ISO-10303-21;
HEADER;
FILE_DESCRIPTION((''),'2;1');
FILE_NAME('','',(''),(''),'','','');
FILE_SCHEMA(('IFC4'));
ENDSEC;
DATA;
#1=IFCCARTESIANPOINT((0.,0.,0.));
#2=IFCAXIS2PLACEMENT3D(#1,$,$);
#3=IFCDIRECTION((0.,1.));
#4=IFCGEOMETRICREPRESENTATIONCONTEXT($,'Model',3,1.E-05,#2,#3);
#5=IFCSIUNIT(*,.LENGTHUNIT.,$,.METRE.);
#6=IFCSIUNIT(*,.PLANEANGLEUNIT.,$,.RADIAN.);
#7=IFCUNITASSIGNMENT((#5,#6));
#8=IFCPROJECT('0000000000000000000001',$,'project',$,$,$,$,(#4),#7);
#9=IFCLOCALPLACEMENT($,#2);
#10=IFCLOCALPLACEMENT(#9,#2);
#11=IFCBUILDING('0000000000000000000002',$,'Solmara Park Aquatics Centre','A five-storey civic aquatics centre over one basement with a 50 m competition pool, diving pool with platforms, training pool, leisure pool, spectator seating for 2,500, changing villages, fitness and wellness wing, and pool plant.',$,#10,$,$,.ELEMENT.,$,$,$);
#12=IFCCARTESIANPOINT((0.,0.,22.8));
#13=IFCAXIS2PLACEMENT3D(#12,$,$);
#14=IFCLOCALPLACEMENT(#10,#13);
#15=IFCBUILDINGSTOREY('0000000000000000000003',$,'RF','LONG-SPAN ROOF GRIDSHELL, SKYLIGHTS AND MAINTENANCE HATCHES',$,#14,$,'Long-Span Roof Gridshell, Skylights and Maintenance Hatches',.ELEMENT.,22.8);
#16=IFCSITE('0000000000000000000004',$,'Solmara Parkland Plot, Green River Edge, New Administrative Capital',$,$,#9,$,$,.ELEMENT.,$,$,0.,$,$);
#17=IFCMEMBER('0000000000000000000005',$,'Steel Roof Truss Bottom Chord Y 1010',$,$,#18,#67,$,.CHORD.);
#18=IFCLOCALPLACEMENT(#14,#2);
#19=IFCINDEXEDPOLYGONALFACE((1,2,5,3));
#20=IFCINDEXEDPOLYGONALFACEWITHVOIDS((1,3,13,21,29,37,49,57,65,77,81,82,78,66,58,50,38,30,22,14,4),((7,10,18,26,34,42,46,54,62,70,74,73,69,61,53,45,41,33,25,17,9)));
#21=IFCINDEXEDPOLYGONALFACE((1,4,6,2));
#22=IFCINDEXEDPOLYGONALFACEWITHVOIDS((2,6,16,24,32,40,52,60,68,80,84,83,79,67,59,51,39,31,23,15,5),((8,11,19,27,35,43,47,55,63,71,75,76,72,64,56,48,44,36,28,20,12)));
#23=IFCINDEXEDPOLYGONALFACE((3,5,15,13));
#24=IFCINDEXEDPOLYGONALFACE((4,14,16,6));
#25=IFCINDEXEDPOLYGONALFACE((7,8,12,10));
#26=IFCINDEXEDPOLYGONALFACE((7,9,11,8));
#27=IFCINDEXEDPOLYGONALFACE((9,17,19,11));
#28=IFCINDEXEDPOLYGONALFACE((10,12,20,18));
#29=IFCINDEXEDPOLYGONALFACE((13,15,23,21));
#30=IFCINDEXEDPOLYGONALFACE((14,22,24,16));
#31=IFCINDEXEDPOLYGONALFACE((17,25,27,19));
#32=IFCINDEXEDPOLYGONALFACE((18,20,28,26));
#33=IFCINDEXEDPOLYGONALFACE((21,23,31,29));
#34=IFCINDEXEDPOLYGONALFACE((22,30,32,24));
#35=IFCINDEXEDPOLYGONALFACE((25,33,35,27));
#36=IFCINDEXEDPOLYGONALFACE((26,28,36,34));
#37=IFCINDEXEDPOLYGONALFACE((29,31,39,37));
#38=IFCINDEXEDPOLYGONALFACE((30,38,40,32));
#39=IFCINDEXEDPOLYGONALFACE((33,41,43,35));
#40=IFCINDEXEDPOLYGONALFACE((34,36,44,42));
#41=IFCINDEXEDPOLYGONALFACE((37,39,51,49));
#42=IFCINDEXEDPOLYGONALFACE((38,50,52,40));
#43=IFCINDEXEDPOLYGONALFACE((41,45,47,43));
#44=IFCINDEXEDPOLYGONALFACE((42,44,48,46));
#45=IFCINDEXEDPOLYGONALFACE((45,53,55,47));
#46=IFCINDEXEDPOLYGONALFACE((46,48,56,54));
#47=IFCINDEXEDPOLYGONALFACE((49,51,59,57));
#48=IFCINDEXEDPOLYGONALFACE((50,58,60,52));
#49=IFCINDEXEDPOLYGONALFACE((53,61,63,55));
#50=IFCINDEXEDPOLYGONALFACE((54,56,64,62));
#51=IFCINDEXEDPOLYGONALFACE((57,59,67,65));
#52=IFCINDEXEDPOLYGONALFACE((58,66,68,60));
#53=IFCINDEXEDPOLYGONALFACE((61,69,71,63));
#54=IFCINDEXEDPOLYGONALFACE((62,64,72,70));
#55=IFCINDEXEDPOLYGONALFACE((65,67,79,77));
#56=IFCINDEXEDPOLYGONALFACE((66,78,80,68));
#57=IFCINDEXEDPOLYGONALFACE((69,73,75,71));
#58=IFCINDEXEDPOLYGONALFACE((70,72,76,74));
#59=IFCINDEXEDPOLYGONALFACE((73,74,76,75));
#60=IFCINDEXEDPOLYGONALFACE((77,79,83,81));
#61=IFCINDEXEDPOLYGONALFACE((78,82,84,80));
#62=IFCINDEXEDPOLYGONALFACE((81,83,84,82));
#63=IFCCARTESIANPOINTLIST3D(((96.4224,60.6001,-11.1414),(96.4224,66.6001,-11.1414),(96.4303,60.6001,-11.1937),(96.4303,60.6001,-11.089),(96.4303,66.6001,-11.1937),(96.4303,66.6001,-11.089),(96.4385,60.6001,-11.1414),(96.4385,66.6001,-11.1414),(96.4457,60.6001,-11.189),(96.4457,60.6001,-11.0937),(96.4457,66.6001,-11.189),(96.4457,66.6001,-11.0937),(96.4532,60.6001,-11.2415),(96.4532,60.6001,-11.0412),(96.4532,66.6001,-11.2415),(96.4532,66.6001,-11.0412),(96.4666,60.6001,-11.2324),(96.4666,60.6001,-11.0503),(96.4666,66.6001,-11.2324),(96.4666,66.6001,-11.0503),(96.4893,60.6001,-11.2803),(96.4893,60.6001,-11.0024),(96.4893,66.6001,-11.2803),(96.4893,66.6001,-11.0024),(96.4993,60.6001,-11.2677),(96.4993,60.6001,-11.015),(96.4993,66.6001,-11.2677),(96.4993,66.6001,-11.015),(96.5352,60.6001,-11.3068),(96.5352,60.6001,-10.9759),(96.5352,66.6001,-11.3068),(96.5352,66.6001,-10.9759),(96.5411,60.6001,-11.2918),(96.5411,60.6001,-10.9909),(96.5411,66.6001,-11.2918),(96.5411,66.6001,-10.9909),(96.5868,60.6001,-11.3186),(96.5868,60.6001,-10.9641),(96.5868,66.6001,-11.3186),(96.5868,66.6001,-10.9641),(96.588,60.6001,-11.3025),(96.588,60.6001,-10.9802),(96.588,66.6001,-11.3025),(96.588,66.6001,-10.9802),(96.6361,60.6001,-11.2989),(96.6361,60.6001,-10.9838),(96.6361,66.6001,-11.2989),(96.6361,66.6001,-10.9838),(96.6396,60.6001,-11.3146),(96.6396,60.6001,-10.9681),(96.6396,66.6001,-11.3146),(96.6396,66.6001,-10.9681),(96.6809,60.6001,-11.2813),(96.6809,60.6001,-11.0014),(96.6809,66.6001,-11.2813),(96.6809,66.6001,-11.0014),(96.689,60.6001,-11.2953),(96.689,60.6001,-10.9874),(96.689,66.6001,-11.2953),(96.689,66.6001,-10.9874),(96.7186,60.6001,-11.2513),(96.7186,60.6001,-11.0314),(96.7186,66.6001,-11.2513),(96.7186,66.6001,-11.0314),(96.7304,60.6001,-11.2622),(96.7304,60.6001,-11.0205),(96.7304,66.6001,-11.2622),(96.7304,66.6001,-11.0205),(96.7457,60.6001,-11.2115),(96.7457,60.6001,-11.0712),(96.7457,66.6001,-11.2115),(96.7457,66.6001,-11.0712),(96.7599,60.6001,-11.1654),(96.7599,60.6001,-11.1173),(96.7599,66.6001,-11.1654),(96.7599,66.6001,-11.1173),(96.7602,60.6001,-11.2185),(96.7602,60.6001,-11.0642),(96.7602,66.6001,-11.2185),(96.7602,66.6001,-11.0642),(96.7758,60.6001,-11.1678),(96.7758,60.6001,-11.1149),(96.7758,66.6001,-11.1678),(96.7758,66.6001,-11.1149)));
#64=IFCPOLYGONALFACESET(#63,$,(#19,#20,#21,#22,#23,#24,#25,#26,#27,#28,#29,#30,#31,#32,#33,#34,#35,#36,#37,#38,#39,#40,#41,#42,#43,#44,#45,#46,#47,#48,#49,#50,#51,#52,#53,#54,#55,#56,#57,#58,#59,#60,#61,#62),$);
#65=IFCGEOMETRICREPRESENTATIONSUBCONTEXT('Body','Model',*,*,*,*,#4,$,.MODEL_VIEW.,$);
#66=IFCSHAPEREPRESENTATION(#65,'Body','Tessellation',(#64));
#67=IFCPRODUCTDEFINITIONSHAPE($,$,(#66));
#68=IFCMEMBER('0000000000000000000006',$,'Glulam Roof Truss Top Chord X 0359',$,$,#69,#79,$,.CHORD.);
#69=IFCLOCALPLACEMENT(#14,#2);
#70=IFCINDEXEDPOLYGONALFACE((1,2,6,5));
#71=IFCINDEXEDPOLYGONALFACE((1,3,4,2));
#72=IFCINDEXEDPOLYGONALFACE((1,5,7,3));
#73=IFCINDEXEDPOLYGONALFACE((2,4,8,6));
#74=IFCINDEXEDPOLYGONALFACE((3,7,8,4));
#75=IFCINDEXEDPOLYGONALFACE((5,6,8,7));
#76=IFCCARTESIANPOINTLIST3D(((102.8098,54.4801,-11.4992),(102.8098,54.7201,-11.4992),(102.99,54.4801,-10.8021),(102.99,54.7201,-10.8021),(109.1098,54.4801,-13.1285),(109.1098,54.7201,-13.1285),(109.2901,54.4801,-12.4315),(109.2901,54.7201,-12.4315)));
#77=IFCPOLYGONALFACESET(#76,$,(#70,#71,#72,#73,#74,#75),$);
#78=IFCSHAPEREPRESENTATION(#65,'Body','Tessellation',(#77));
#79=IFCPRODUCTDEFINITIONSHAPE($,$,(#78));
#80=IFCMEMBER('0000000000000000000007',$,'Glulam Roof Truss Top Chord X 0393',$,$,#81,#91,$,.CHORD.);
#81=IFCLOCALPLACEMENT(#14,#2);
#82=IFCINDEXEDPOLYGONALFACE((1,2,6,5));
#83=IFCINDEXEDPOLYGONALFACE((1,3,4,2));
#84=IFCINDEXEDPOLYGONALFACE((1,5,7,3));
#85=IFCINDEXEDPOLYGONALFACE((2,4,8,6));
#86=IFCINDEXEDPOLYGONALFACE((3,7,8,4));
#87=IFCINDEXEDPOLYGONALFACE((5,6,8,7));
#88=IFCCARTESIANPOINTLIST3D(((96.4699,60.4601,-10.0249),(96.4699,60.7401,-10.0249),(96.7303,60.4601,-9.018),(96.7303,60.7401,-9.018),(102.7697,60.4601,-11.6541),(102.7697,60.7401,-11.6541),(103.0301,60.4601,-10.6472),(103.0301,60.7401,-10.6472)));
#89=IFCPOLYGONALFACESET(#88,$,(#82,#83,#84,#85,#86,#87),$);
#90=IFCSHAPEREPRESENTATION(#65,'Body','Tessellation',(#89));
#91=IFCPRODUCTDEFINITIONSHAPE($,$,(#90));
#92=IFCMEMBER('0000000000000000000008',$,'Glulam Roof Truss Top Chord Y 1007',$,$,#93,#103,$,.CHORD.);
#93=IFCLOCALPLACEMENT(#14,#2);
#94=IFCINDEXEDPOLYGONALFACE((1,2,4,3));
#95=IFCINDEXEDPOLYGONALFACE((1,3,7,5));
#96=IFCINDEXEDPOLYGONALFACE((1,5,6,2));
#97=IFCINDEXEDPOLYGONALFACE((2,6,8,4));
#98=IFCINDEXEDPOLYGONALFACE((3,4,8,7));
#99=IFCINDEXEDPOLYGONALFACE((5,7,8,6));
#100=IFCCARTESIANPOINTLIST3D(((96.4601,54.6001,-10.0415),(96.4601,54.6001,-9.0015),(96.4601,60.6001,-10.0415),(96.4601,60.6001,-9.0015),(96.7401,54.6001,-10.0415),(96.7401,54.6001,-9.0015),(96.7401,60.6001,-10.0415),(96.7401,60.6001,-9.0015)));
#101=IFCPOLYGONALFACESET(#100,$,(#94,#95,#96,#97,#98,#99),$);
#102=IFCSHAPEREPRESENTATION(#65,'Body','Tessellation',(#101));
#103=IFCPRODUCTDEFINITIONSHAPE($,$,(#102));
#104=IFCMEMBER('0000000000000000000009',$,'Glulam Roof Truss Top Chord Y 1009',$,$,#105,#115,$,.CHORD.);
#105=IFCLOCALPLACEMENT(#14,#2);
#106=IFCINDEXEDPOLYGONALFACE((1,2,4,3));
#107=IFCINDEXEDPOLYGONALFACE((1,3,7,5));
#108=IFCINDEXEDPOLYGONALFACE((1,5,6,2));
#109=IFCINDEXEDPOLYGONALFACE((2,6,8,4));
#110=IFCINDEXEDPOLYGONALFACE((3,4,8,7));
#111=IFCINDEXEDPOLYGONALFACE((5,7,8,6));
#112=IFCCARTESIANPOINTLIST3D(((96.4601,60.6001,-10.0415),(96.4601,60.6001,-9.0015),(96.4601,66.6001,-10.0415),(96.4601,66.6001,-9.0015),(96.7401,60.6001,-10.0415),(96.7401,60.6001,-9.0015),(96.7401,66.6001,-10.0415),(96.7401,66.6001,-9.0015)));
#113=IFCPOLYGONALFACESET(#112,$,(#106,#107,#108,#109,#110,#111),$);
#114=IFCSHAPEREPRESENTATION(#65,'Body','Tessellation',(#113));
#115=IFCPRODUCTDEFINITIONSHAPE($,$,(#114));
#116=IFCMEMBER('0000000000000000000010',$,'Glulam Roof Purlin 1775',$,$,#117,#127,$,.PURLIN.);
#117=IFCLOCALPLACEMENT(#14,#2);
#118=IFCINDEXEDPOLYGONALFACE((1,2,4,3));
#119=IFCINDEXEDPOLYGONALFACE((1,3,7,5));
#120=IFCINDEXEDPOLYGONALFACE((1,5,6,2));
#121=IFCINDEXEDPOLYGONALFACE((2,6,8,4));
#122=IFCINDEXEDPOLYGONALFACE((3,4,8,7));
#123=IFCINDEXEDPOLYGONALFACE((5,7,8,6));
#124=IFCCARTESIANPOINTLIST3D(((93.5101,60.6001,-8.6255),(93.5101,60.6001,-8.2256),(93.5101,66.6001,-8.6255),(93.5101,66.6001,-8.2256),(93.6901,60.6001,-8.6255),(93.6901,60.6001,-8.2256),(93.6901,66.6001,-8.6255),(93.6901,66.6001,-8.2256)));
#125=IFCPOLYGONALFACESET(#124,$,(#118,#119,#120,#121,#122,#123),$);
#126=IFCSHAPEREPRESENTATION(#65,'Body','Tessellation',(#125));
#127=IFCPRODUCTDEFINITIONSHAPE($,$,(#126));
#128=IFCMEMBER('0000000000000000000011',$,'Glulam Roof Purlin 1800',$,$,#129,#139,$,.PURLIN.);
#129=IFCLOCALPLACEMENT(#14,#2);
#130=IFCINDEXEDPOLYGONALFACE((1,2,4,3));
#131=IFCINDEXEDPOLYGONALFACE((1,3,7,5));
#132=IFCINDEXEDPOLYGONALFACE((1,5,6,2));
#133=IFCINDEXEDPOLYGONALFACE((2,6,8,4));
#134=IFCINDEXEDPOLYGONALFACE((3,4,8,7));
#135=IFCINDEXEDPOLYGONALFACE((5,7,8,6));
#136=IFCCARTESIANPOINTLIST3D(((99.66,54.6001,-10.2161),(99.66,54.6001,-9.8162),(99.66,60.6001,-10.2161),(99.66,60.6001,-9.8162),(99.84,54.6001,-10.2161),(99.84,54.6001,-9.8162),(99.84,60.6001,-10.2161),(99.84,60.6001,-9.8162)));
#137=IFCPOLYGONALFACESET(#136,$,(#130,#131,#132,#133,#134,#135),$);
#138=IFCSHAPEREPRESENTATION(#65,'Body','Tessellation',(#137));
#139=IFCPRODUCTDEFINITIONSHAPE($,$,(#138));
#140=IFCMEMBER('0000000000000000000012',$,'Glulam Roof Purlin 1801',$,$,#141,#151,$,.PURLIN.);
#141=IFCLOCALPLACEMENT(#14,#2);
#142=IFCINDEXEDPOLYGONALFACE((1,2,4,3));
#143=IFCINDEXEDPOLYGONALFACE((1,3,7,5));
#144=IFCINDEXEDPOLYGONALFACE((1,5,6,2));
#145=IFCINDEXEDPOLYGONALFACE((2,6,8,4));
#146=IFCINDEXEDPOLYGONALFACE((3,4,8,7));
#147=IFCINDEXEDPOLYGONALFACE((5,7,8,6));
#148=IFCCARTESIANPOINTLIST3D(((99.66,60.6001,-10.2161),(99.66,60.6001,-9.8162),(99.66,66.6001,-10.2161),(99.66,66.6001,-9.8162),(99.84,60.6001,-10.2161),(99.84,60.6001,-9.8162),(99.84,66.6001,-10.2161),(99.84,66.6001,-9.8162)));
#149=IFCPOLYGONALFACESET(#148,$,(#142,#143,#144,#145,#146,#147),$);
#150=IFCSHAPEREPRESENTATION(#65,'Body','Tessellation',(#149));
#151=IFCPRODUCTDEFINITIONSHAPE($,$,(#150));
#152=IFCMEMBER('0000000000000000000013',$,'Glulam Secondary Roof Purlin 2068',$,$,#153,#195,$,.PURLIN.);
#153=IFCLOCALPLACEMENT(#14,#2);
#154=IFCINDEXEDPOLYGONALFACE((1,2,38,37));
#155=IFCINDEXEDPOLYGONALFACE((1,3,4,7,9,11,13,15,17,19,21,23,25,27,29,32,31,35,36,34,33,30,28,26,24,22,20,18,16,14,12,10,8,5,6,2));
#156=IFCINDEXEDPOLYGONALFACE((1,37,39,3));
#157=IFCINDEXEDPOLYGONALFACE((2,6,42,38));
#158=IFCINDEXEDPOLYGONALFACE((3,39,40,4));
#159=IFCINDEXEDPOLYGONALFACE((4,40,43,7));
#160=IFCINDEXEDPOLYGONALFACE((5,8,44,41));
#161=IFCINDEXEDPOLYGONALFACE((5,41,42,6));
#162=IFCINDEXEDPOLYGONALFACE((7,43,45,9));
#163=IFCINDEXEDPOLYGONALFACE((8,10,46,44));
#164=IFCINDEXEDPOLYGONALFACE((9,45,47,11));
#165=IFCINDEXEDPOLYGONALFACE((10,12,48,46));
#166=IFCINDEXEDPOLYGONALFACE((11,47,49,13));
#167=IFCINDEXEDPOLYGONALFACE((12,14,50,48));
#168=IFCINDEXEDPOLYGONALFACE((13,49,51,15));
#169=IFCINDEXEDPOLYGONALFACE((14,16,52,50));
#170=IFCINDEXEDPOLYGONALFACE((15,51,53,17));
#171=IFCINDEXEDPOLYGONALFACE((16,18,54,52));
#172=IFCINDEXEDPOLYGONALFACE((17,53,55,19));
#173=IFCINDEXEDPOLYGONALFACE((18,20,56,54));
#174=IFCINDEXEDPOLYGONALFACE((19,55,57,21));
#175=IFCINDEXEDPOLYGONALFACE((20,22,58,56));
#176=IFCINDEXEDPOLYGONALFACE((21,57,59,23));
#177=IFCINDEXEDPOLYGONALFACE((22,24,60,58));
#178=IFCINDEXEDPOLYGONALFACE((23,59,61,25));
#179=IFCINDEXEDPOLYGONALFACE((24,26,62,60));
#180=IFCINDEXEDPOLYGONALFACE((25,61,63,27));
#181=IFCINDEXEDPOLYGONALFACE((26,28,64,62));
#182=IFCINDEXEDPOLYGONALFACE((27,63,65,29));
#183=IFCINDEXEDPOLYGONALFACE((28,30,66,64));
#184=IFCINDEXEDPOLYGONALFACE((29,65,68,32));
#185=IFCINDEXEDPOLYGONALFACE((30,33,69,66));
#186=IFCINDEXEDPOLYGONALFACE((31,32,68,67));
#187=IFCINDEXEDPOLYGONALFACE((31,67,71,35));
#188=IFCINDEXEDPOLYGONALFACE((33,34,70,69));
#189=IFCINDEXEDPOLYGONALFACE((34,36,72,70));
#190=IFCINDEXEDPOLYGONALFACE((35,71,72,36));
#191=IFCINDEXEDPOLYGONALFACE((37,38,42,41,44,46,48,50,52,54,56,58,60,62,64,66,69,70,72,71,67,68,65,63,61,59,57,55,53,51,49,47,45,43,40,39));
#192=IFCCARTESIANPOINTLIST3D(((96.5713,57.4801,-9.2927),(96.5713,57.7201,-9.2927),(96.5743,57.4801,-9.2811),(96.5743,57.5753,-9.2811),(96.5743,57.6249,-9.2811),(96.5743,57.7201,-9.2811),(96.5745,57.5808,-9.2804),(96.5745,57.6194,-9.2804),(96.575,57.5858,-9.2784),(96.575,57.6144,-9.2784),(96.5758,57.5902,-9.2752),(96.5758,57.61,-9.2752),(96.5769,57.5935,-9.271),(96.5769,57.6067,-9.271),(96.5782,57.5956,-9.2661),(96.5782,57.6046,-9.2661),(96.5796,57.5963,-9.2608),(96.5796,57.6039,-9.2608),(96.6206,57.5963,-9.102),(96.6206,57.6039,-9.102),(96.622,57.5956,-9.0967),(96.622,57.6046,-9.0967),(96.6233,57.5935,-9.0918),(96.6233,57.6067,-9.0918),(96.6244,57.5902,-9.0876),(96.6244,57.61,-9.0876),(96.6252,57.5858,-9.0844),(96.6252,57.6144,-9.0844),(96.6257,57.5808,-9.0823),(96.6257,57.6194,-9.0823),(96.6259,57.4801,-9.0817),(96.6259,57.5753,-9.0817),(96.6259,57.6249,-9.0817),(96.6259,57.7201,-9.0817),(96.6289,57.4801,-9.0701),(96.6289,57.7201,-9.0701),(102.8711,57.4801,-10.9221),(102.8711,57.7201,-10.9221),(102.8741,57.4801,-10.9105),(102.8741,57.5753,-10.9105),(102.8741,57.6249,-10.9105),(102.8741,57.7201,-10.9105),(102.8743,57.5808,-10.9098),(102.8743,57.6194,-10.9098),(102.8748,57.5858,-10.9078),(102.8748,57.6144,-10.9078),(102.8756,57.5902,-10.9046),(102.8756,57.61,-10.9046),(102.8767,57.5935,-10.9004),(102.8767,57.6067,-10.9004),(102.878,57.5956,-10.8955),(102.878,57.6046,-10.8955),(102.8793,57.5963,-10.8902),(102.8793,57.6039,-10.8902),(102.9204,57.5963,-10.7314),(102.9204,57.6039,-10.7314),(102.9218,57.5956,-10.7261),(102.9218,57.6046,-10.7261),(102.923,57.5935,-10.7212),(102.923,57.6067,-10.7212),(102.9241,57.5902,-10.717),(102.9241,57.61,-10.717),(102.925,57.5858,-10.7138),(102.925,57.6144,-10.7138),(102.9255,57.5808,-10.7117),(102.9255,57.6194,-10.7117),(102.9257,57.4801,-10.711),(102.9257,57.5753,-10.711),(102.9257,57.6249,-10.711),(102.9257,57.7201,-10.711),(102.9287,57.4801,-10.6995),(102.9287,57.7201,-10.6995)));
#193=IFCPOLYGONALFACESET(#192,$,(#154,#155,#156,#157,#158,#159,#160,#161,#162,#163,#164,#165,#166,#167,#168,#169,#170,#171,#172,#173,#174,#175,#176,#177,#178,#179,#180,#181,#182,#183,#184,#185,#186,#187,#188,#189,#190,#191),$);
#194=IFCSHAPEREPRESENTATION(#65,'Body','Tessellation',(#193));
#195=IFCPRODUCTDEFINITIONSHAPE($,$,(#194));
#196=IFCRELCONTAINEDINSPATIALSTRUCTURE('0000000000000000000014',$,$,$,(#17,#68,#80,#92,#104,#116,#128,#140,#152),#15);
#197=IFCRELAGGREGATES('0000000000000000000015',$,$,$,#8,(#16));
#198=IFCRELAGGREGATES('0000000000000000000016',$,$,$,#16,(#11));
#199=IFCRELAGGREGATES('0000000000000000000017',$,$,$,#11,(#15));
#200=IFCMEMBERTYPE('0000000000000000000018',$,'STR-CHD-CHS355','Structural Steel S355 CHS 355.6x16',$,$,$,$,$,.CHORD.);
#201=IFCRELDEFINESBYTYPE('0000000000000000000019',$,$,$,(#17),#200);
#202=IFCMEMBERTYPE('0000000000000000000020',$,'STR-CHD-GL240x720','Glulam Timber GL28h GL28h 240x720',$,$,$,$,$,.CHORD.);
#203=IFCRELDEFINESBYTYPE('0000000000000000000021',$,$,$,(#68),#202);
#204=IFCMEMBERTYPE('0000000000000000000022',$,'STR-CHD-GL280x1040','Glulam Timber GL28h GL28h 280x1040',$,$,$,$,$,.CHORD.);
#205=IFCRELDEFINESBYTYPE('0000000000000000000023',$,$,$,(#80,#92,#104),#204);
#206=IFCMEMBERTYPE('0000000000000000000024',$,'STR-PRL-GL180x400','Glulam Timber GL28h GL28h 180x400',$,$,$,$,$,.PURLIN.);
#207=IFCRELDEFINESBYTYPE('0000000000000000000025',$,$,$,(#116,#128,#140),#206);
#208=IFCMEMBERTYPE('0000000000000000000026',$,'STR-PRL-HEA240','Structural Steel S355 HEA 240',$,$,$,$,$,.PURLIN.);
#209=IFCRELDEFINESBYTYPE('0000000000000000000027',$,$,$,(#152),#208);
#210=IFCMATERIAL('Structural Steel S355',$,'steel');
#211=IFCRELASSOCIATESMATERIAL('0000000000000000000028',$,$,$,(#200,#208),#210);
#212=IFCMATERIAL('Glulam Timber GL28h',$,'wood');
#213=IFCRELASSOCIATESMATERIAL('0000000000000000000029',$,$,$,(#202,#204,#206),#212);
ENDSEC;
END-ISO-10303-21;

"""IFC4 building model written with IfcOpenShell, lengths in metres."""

from ifc_helpers import new_model, si_unit, direction, frame, origin, origin_2d, place, context, subcontext, project, spatial, rectangle, hollow_circle, i_section, extrude, material, material_profile, profile_set, type_object, element, save


model = new_model("IFC4")

# Units and contexts
model_context = context("Model", 3, precision=1e-05, world=origin(), true_north=direction((0.0, 1.0)))
body_context = subcontext(model_context, "Body", "Model", "MODEL_VIEW")
ifc_project = project(units=[si_unit("LENGTHUNIT", "METRE"), si_unit("PLANEANGLEUNIT", "RADIAN")], contexts=[model_context])

# Site, building, storey
site_placement = place(None, origin())
site = spatial("IfcSite", under=ifc_project, at=site_placement, Name="Solmara Parkland Plot, Green River Edge, New Administrative Capital", CompositionType="ELEMENT", RefElevation=0.0)
building_placement = place(site_placement, origin())
building = spatial("IfcBuilding", under=site, at=building_placement, Name="Solmara Park Aquatics Centre", Description="A five-storey civic aquatics centre over one basement with a 50 m competition pool, diving pool with platforms, training pool, leisure pool, spectator seating for 2,500, changing villages, fitness and wellness wing, and pool plant.", CompositionType="ELEMENT")
storey_placement = place(building_placement, frame((0.0, 0.0, 22.8)))
storey = spatial("IfcBuildingStorey", under=building, at=storey_placement, Name="RF", Description="LONG-SPAN ROOF GRIDSHELL, SKYLIGHTS AND MAINTENANCE HATCHES", LongName="Long-Span Roof Gridshell, Skylights and Maintenance Hatches", CompositionType="ELEMENT", Elevation=22.8)

# Members
ifc_material_1 = material(Name="Structural Steel S355", Category="steel")
ifc_material_profile_1 = material_profile(ifc_material_1, hollow_circle(Radius=0.1777, WallThickness=0.0161, at=origin_2d()), Name="CHS 355.6x16")
ifc_profile_set_1 = profile_set([ifc_material_profile_1], Name="Structural Steel S355")
member_type_1 = type_object("IfcMemberType", Name="STR-CHD-CHS355", Description="Structural Steel S355 CHS 355.6x16", PredefinedType="CHORD", material=ifc_profile_set_1)
for number, where, z_axis, x_axis, name in (
    (1, (96.6001, 60.6001, -11.1414), (0.0, 1.0, 0.0), (-1.0, 0.0, 0.0), "Steel Roof Truss Bottom Chord Y 1010"),
):
    element("IfcMember", number, at=place(storey_placement, frame(where, z_axis=z_axis, x_axis=x_axis)), inside=storey, type_object=member_type_1, Name=name, PredefinedType="CHORD", context=body_context, shape_type="SweptSolid", body=[
        extrude(hollow_circle(Radius=0.1777, WallThickness=0.0161, at=origin_2d()), origin(), (0.0, 0.0, 1.0), 6.0),
    ])
ifc_material_2 = material(Name="Glulam Timber GL28h", Category="wood")
ifc_material_profile_2 = material_profile(ifc_material_2, rectangle(XDim=0.24, YDim=0.72, at=origin_2d()), Name="GL28h 240x720")
ifc_profile_set_2 = profile_set([ifc_material_profile_2], Name="Glulam Timber GL28h")
member_type_2 = type_object("IfcMemberType", Name="STR-CHD-GL240x720", Description="Glulam Timber GL28h GL28h 240x720", PredefinedType="CHORD", material=ifc_profile_set_2)
member_1_placement = place(storey_placement, frame((102.8999, 54.6001, -11.1506), z_axis=(0.968144, 0.0, -0.250393), x_axis=(0.0, 1.0, 0.0)))
element("IfcMember", 2, at=member_1_placement, inside=storey, type_object=member_type_2, Name="Glulam Roof Truss Top Chord X 0359", PredefinedType="CHORD", context=body_context, shape_type="SweptSolid", body=[
    extrude(rectangle(XDim=0.24, YDim=0.72, at=origin_2d()), origin(), (0.0, 0.0, 1.0), 6.5073),
])
ifc_material_profile_3 = material_profile(ifc_material_2, rectangle(XDim=0.28, YDim=1.04, at=origin_2d()), Name="GL28h 280x1040")
ifc_profile_set_3 = profile_set([ifc_material_profile_3], Name="Glulam Timber GL28h")
member_type_3 = type_object("IfcMemberType", Name="STR-CHD-GL280x1040", Description="Glulam Timber GL28h GL28h 280x1040", PredefinedType="CHORD", material=ifc_profile_set_3)
member_2_placement = place(storey_placement, frame((96.6001, 60.6001, -9.5215), z_axis=(0.968151, 0.0, -0.250367), x_axis=(0.0, 1.0, 0.0)))
element("IfcMember", 3, at=member_2_placement, inside=storey, type_object=member_type_3, Name="Glulam Roof Truss Top Chord X 0393", PredefinedType="CHORD", context=body_context, shape_type="SweptSolid", body=[
    extrude(rectangle(XDim=0.28, YDim=1.04, at=origin_2d()), origin(), (0.0, 0.0, 1.0), 6.5071),
])
for number, where, z_axis, x_axis, name in (
    (4, (96.6001, 54.6001, -9.5215), (0.0, 1.0, 0.0), (-1.0, 0.0, 0.0), "Glulam Roof Truss Top Chord Y 1007"),
    (5, (96.6001, 60.6001, -9.5215), (0.0, 1.0, 0.0), (-1.0, 0.0, 0.0), "Glulam Roof Truss Top Chord Y 1009"),
):
    element("IfcMember", number, at=place(storey_placement, frame(where, z_axis=z_axis, x_axis=x_axis)), inside=storey, type_object=member_type_3, Name=name, PredefinedType="CHORD", context=body_context, shape_type="SweptSolid", body=[
        extrude(rectangle(XDim=0.28, YDim=1.04, at=origin_2d()), origin(), (0.0, 0.0, 1.0), 6.0),
    ])
ifc_material_profile_4 = material_profile(ifc_material_2, rectangle(XDim=0.1799, YDim=0.3999, at=origin_2d()), Name="GL28h 180x400")
ifc_profile_set_4 = profile_set([ifc_material_profile_4], Name="Glulam Timber GL28h")
member_type_4 = type_object("IfcMemberType", Name="STR-PRL-GL180x400", Description="Glulam Timber GL28h GL28h 180x400", PredefinedType="PURLIN", material=ifc_profile_set_4)
for number, where, z_axis, x_axis, name in (
    (6, (93.6001, 60.6001, -8.4255), (0.0, 1.0, 0.0), (-1.0, 0.0, 0.0), "Glulam Roof Purlin 1775"),
    (7, (99.75, 54.6001, -10.0161), (0.0, 1.0, 0.0), (-1.0, 0.0, 0.0), "Glulam Roof Purlin 1800"),
    (8, (99.75, 60.6001, -10.0161), (0.0, 1.0, 0.0), (-1.0, 0.0, 0.0), "Glulam Roof Purlin 1801"),
):
    element("IfcMember", number, at=place(storey_placement, frame(where, z_axis=z_axis, x_axis=x_axis)), inside=storey, type_object=member_type_4, Name=name, PredefinedType="PURLIN", context=body_context, shape_type="SweptSolid", body=[
        extrude(rectangle(XDim=0.1799, YDim=0.3999, at=origin_2d()), origin(), (0.0, 0.0, 1.0), 6.0),
    ])
ifc_material_profile_5 = material_profile(ifc_material_1, i_section(OverallWidth=0.24, OverallDepth=0.23, WebThickness=0.0076, FlangeThickness=0.012, FilletRadius=0.021, at=origin_2d()), Name="HEA 240")
ifc_profile_set_5 = profile_set([ifc_material_profile_5], Name="Structural Steel S355")
member_type_5 = type_object("IfcMemberType", Name="STR-PRL-HEA240", Description="Structural Steel S355 HEA 240", PredefinedType="PURLIN", material=ifc_profile_set_5)
member_3_placement = place(storey_placement, frame((96.6001, 57.6001, -9.1814), z_axis=(0.968142, 0.0, -0.250402), x_axis=(0.0, 1.0, 0.0)))
element("IfcMember", 9, at=member_3_placement, inside=storey, type_object=member_type_5, Name="Glulam Secondary Roof Purlin 2068", PredefinedType="PURLIN", context=body_context, shape_type="SweptSolid", body=[
    extrude(i_section(OverallWidth=0.24, OverallDepth=0.23, WebThickness=0.0076, FlangeThickness=0.012, FilletRadius=0.021, at=origin_2d()), origin(), (0.0, 0.0, 1.0), 6.5071),
])

save(model, "model.ifc")
